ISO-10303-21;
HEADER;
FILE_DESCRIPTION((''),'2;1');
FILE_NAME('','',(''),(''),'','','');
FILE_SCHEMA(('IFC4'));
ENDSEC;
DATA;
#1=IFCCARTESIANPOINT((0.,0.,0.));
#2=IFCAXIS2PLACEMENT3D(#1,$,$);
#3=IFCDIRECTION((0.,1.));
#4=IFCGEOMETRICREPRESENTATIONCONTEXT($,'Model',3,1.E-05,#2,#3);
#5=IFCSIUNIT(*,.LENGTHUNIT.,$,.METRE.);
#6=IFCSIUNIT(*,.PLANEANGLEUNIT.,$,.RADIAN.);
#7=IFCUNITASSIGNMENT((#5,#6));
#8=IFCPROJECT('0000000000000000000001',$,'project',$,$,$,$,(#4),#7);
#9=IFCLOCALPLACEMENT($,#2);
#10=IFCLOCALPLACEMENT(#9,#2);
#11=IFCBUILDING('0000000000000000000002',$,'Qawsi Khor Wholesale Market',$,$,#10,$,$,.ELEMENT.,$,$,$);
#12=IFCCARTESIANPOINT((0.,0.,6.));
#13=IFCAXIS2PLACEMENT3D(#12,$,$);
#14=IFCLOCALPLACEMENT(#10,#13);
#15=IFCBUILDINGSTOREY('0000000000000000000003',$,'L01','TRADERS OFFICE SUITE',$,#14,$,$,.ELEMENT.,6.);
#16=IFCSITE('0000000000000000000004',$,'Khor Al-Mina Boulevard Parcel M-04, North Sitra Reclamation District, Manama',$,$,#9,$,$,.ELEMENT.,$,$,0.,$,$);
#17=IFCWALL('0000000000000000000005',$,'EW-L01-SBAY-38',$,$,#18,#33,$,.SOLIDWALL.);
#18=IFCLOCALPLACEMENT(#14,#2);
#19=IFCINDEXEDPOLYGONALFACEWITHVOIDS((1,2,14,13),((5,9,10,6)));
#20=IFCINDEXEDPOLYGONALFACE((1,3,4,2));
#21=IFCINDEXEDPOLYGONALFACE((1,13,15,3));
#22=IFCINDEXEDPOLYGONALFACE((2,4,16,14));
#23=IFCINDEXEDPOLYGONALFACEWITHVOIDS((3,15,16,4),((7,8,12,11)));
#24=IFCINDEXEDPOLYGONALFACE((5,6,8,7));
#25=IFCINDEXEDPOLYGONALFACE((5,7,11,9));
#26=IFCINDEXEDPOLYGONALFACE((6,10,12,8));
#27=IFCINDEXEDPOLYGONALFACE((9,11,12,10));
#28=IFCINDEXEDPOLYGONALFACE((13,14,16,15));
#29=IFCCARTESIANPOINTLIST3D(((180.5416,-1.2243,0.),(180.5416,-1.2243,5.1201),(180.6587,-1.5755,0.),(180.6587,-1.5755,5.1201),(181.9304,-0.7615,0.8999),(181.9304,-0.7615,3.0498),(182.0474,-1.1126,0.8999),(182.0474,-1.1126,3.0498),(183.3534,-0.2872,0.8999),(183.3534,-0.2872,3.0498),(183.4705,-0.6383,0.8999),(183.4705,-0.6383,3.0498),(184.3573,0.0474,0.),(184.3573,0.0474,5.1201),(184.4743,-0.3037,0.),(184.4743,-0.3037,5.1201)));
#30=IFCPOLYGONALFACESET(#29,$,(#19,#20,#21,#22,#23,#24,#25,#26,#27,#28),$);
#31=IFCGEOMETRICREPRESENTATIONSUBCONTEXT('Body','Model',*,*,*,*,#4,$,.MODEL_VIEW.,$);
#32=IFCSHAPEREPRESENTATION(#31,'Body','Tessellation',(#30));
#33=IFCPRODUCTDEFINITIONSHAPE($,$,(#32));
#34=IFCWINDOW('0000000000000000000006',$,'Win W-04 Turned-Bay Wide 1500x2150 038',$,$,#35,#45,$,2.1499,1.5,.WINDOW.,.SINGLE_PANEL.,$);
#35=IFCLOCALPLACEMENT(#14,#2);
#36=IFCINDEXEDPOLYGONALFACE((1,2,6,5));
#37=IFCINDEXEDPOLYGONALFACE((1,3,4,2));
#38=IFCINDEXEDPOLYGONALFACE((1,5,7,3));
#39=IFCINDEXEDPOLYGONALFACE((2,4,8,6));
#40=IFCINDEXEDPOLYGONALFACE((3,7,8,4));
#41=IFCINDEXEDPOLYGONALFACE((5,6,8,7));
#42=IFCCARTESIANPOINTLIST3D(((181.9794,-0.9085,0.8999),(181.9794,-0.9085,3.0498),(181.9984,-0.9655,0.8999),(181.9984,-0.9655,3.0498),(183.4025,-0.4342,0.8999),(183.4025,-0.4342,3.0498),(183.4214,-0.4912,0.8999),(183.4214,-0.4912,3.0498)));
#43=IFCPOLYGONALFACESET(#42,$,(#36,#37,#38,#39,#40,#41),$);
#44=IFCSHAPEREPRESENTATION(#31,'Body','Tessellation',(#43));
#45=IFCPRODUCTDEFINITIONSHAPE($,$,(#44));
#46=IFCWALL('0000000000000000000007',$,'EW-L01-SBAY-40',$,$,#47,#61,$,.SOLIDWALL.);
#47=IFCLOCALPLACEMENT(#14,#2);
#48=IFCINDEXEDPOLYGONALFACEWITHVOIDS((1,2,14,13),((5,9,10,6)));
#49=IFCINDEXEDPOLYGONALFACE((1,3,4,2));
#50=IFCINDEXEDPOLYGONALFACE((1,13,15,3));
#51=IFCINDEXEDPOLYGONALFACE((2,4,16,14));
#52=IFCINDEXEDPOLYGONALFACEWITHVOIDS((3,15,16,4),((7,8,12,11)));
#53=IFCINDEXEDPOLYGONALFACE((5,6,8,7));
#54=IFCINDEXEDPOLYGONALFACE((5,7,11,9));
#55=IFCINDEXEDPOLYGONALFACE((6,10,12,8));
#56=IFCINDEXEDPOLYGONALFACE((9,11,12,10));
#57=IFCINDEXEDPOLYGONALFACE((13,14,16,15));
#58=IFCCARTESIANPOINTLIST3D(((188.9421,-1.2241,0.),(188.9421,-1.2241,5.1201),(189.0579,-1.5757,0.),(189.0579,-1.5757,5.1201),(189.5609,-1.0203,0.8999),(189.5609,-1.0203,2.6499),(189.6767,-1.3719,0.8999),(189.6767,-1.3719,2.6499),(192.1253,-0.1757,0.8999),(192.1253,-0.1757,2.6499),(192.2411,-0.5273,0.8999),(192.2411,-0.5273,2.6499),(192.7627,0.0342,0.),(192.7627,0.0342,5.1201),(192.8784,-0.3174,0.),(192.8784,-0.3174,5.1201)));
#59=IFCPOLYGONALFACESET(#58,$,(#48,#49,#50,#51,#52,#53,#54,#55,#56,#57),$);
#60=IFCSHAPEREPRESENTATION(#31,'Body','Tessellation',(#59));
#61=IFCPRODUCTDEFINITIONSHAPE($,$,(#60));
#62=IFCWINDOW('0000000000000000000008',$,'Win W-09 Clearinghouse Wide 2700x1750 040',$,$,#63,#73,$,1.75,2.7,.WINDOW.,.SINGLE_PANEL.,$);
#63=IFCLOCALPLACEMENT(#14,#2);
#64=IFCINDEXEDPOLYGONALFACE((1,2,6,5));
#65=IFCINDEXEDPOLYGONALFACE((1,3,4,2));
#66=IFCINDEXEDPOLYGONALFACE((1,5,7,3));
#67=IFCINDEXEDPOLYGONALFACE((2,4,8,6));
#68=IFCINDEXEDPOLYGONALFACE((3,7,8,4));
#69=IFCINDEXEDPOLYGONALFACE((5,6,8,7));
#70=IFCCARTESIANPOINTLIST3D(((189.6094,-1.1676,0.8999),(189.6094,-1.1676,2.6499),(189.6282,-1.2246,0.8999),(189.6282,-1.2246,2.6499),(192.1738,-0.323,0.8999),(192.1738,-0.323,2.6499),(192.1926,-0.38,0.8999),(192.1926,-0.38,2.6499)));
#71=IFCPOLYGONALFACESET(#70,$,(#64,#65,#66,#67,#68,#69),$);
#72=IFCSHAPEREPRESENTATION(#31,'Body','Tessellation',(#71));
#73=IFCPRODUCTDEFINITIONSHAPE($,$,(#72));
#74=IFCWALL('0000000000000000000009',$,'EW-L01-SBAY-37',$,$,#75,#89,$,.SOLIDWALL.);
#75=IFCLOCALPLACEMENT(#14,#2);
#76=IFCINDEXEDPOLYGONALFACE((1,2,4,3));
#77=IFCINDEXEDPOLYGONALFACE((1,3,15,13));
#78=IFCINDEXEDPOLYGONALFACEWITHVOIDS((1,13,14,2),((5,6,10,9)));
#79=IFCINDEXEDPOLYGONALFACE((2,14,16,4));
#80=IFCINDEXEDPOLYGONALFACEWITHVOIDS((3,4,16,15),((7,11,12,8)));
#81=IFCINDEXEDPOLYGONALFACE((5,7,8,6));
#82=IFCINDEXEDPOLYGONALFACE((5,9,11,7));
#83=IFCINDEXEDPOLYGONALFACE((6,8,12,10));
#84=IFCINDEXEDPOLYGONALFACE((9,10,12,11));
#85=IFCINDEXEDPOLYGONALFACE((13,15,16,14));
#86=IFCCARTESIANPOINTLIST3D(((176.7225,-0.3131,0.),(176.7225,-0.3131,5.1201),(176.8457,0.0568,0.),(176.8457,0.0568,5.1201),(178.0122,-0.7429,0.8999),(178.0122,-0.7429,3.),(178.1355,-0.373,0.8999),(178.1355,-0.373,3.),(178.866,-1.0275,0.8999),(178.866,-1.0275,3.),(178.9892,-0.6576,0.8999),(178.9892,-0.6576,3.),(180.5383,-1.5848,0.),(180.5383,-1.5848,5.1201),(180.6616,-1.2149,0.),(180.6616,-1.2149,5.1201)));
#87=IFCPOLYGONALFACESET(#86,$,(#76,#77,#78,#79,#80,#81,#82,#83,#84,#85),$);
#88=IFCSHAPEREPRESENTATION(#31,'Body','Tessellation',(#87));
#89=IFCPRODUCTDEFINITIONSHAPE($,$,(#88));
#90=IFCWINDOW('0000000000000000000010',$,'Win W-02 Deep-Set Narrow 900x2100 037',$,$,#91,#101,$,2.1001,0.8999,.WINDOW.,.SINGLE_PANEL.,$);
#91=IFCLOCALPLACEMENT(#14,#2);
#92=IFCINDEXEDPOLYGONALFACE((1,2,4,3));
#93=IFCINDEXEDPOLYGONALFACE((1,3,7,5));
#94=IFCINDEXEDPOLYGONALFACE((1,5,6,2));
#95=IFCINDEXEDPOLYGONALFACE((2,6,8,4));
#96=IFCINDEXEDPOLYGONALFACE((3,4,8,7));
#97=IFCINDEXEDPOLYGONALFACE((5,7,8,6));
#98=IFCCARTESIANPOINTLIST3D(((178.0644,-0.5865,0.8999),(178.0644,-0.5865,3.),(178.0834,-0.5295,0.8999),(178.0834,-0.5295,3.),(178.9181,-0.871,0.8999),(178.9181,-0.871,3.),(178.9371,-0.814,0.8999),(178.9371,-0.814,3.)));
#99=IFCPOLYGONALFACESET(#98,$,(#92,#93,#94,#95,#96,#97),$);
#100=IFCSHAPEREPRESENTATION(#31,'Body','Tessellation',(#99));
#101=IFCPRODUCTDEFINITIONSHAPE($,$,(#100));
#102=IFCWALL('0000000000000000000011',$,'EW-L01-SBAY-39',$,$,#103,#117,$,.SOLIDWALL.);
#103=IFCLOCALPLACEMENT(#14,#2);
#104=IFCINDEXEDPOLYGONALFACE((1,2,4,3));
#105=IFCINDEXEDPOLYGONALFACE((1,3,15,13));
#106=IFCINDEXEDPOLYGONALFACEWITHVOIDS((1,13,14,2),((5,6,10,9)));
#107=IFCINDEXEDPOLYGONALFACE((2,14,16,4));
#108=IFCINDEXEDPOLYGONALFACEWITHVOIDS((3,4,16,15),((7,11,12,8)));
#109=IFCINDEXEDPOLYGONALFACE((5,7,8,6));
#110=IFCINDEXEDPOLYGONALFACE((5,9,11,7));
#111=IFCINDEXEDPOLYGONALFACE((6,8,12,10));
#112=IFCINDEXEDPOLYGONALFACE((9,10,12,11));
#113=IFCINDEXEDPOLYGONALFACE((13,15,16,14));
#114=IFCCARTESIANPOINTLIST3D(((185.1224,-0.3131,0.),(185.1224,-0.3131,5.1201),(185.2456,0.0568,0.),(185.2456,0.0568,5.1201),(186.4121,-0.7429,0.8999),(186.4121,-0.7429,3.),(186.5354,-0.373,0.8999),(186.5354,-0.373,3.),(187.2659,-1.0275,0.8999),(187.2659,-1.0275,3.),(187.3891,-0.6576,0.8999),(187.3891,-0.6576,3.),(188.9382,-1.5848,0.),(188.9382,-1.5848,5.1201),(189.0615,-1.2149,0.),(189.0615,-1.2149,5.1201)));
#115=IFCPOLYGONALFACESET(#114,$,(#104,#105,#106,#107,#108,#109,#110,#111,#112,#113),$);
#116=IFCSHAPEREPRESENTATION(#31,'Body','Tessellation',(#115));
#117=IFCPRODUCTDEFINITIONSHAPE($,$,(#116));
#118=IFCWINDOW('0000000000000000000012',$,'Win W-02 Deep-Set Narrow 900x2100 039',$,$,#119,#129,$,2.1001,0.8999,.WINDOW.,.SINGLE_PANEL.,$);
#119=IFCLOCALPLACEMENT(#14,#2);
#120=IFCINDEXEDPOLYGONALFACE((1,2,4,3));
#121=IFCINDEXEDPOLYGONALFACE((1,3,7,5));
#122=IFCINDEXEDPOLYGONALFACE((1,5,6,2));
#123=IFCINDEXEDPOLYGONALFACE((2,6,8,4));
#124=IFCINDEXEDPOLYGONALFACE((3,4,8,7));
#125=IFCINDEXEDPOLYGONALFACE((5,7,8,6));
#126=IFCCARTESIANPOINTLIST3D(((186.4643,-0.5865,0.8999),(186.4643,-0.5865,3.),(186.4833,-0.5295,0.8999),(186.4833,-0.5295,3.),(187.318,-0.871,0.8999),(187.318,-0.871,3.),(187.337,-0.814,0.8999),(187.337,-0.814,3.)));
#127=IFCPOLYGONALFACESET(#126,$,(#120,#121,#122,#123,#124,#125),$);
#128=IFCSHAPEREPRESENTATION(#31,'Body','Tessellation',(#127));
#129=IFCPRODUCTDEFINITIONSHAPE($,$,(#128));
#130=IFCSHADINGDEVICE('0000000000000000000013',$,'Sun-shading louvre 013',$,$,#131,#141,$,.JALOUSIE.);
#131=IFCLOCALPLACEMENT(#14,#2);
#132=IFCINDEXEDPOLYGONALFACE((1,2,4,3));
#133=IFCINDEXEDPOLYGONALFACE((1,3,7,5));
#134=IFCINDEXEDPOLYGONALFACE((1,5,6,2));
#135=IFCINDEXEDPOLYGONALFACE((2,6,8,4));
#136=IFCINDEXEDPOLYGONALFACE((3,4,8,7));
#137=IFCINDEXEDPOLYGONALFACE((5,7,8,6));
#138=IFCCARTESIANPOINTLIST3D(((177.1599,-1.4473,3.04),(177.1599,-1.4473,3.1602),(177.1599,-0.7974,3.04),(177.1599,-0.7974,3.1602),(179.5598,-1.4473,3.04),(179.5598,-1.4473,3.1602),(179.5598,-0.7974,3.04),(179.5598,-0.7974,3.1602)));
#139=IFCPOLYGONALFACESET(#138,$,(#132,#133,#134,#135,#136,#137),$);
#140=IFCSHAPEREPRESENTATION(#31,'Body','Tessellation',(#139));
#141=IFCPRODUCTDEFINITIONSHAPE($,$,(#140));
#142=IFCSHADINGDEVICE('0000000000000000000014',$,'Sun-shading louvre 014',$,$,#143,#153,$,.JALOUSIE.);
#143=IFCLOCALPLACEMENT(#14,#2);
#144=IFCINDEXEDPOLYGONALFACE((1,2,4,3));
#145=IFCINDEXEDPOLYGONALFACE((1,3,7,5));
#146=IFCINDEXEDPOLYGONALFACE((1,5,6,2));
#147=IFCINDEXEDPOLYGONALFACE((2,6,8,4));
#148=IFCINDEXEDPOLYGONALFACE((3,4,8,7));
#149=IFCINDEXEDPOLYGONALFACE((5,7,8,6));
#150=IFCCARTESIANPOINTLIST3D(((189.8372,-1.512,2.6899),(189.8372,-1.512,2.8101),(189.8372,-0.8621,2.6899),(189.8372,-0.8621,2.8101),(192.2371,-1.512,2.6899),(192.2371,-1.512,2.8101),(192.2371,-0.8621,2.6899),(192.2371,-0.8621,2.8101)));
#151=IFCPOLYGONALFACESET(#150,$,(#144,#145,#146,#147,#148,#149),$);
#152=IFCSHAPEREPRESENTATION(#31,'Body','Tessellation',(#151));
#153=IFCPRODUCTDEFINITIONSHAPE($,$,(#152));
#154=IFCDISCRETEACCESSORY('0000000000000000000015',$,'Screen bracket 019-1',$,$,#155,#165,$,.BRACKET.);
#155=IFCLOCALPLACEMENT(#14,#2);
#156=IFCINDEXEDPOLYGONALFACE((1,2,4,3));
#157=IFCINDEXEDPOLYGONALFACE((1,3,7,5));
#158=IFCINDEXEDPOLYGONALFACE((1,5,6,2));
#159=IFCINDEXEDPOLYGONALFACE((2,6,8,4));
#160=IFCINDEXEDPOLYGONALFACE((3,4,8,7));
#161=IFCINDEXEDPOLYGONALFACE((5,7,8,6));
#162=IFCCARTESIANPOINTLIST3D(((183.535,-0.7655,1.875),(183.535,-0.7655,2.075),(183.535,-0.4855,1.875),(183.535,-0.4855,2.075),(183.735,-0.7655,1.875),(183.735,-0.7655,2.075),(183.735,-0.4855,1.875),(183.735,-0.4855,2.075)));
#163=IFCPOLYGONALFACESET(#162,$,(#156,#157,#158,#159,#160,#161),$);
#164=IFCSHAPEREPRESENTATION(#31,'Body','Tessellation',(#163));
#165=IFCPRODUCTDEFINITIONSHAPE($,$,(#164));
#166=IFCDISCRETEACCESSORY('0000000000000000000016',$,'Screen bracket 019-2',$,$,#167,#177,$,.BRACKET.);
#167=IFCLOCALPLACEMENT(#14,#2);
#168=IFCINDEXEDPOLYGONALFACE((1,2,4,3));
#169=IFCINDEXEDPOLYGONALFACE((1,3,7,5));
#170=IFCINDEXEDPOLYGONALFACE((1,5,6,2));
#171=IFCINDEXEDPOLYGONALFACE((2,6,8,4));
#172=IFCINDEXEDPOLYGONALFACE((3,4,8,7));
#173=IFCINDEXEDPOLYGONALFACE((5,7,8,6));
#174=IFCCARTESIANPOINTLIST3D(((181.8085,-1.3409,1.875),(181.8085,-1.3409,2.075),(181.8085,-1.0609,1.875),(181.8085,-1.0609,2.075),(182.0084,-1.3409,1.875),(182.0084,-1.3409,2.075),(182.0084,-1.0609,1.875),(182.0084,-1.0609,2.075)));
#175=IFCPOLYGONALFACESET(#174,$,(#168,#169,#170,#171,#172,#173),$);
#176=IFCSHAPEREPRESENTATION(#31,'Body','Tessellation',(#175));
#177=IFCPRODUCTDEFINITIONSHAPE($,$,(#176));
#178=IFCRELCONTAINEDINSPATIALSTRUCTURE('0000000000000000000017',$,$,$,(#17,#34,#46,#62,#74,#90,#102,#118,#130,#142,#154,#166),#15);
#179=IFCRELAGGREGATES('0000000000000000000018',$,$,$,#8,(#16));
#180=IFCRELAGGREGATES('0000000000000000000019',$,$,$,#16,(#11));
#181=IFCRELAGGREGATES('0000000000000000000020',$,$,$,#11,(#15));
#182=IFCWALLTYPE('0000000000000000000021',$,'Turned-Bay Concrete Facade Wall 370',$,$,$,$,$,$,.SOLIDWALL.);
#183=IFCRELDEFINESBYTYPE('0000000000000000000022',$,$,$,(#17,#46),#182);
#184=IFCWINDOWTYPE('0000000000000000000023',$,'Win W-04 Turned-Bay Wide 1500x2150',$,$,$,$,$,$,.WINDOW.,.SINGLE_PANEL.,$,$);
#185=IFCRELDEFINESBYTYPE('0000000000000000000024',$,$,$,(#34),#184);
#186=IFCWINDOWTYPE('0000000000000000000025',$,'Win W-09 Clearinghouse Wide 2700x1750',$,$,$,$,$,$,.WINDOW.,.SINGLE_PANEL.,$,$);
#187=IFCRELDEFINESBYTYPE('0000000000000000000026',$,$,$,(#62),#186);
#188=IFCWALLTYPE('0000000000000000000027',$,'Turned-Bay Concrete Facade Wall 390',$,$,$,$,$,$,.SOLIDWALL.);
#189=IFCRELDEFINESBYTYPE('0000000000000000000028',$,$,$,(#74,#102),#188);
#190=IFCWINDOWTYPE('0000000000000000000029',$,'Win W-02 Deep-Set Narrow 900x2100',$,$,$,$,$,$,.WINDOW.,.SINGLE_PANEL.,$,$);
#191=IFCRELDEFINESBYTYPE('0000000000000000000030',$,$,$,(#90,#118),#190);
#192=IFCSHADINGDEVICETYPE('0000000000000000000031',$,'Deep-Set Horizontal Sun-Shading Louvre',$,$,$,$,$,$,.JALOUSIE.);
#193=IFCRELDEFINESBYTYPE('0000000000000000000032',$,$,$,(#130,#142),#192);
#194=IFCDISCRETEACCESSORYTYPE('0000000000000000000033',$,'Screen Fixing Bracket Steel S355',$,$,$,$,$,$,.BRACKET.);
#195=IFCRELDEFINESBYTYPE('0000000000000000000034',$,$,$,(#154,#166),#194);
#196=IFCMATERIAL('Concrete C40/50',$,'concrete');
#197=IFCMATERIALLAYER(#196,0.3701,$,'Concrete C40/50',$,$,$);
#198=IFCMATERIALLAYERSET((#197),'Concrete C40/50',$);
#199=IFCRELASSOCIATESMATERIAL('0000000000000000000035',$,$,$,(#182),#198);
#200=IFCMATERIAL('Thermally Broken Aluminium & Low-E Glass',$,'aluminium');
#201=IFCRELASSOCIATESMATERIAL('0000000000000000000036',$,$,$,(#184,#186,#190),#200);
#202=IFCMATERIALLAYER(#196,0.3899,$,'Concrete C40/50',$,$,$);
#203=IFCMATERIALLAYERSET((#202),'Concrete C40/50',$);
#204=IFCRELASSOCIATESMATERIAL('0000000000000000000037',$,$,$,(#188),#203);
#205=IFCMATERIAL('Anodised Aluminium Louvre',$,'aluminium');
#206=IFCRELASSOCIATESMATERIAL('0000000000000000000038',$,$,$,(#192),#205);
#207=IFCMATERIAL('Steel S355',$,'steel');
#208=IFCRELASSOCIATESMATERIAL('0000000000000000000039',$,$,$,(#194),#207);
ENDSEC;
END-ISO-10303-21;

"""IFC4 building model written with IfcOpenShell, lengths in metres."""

from ifc_helpers import new_model, si_unit, direction, frame, frame_2d, origin, origin_2d, place, context, subcontext, project, spatial, rectangle, extrude, material, layer, layer_set, type_object, element, fill, save


model = new_model("IFC4")

# Units and contexts
model_context = context("Model", 3, precision=1e-05, world=origin(), true_north=direction((0.0, 1.0)))
body_context = subcontext(model_context, "Body", "Model", "MODEL_VIEW")
ifc_project = project(units=[si_unit("LENGTHUNIT", "METRE"), si_unit("PLANEANGLEUNIT", "RADIAN")], contexts=[model_context])

# Site, building, storey
site_placement = place(None, origin())
site = spatial("IfcSite", under=ifc_project, at=site_placement, Name="Khor Al-Mina Boulevard Parcel M-04, North Sitra Reclamation District, Manama", CompositionType="ELEMENT", RefElevation=0.0)
building_placement = place(site_placement, origin())
building = spatial("IfcBuilding", under=site, at=building_placement, Name="Qawsi Khor Wholesale Market", CompositionType="ELEMENT")
storey_placement = place(building_placement, frame((0.0, 0.0, 6.0)))
storey = spatial("IfcBuildingStorey", under=building, at=storey_placement, Name="L01", Description="TRADERS OFFICE SUITE", CompositionType="ELEMENT", Elevation=6.0)

# Shared definitions
ifc_material_1 = material(Name="Concrete C40/50", Category="concrete")

# Shared definitions
ifc_material_2 = material(Name="Steel S355", Category="steel")

# Walls, openings, windows
ifc_layer_1 = layer(ifc_material_1, 0.3701, Name="Concrete C40/50")
ifc_layer_set_1 = layer_set([ifc_layer_1], Name="Concrete C40/50")
wall_type_1 = type_object("IfcWallType", Name="Turned-Bay Concrete Facade Wall 370", PredefinedType="SOLIDWALL", material=ifc_layer_set_1)
wall_1_placement = place(storey_placement, frame((184.4158, -0.1282, 0.0), z_axis=(0.0, 0.0, 1.0), x_axis=(-0.948695, -0.316191, 0.0)))
wall_1 = element("IfcWall", 1, at=wall_1_placement, inside=storey, type_object=wall_type_1, Name="EW-L01-SBAY-38", PredefinedType="SOLIDWALL", context=body_context, shape_type="SweptSolid", body=[
    extrude(rectangle(XDim=4.022, YDim=0.3701, at=frame_2d((2.011, 0.0))), origin(), (0.0, 0.0, 1.0), 5.1201),
])
opening_1_placement = place(wall_1_placement, frame((1.0581, 0.0, 0.8999)))
opening_1 = element("IfcOpeningElement", 2, at=opening_1_placement, cuts=wall_1, PredefinedType="OPENING", context=body_context, shape_type="SweptSolid", body=[
    extrude(rectangle(XDim=1.5, YDim=2.1499, at=frame_2d((0.75, 1.075))), frame((0.0, 0.1951, 0.0), z_axis=(0.0, -1.0, 0.0), x_axis=(1.0, 0.0, 0.0)), (0.0, 0.0, 1.0), 0.3901),
])
ifc_material_3 = material(Name="Thermally Broken Aluminium & Low-E Glass", Category="aluminium")
window_type_1 = type_object("IfcWindowType", Name="Win W-04 Turned-Bay Wide 1500x2150", PartitioningType="SINGLE_PANEL", PredefinedType="WINDOW", material=ifc_material_3)
window_1_placement = place(opening_1_placement, origin())
window_1 = element("IfcWindow", 3, at=window_1_placement, inside=storey, type_object=window_type_1, Name="Win W-04 Turned-Bay Wide 1500x2150 038", OverallHeight=2.1499, OverallWidth=1.5, PartitioningType="SINGLE_PANEL", PredefinedType="WINDOW", context=body_context, shape_type="SweptSolid", body=[
    extrude(rectangle(XDim=1.5, YDim=2.1499, at=frame_2d((0.75, 1.075))), frame((0.0, 0.03, 0.0), z_axis=(0.0, -1.0, 0.0), x_axis=(1.0, 0.0, 0.0)), (0.0, 0.0, 1.0), 0.0601),
])
fill(opening_1, window_1)
wall_2_placement = place(storey_placement, frame((192.8206, -0.1416, 0.0), z_axis=(0.0, 0.0, 1.0), x_axis=(-0.949812, -0.312821, 0.0)))
wall_2 = element("IfcWall", 4, at=wall_2_placement, inside=storey, type_object=wall_type_1, Name="EW-L01-SBAY-40", PredefinedType="SOLIDWALL", context=body_context, shape_type="SweptSolid", body=[
    extrude(rectangle(XDim=4.0225, YDim=0.3701, at=frame_2d((2.0112, 0.0))), origin(), (0.0, 0.0, 1.0), 5.1201),
])
opening_2_placement = place(wall_2_placement, frame((0.6709, 0.0, 0.8999)))
opening_2 = element("IfcOpeningElement", 5, at=opening_2_placement, cuts=wall_2, PredefinedType="OPENING", context=body_context, shape_type="SweptSolid", body=[
    extrude(rectangle(XDim=2.7, YDim=1.75, at=frame_2d((1.3501, 0.875))), frame((0.0, 0.1951, 0.0), z_axis=(0.0, -1.0, 0.0), x_axis=(1.0, 0.0, 0.0)), (0.0, 0.0, 1.0), 0.3901),
])
window_type_2 = type_object("IfcWindowType", Name="Win W-09 Clearinghouse Wide 2700x1750", PartitioningType="SINGLE_PANEL", PredefinedType="WINDOW", material=ifc_material_3)
window_2_placement = place(opening_2_placement, origin())
window_2 = element("IfcWindow", 6, at=window_2_placement, inside=storey, type_object=window_type_2, Name="Win W-09 Clearinghouse Wide 2700x1750 040", OverallHeight=1.75, OverallWidth=2.7, PartitioningType="SINGLE_PANEL", PredefinedType="WINDOW", context=body_context, shape_type="SweptSolid", body=[
    extrude(rectangle(XDim=2.7, YDim=1.75, at=frame_2d((1.3501, 0.875))), frame((0.0, 0.03, 0.0), z_axis=(0.0, -1.0, 0.0), x_axis=(1.0, 0.0, 0.0)), (0.0, 0.0, 1.0), 0.0601),
])
fill(opening_2, window_2)
ifc_layer_2 = layer(ifc_material_1, 0.3899, Name="Concrete C40/50")
ifc_layer_set_2 = layer_set([ifc_layer_2], Name="Concrete C40/50")
wall_type_2 = type_object("IfcWallType", Name="Turned-Bay Concrete Facade Wall 390", PredefinedType="SOLIDWALL", material=ifc_layer_set_2)
wall_3_placement = place(storey_placement, frame((180.6001, -1.3999, 0.0), z_axis=(0.0, 0.0, 1.0), x_axis=(-0.948702, 0.316173, 0.0)))
wall_3 = element("IfcWall", 7, at=wall_3_placement, inside=storey, type_object=wall_type_2, Name="EW-L01-SBAY-37", PredefinedType="SOLIDWALL", context=body_context, shape_type="SweptSolid", body=[
    extrude(rectangle(XDim=4.0222, YDim=0.3899, at=frame_2d((2.0112, 0.0))), origin(), (0.0, 0.0, 1.0), 5.1201),
])
opening_3_placement = place(wall_3_placement, frame((1.7629, 0.0, 0.8999)))
opening_3 = element("IfcOpeningElement", 8, at=opening_3_placement, cuts=wall_3, PredefinedType="OPENING", context=body_context, shape_type="SweptSolid", body=[
    extrude(rectangle(XDim=0.8999, YDim=2.1001, at=frame_2d((0.45, 1.05))), frame((0.0, 0.2048, 0.0), z_axis=(0.0, -1.0, 0.0), x_axis=(1.0, 0.0, 0.0)), (0.0, 0.0, 1.0), 0.4099),
])
window_type_3 = type_object("IfcWindowType", Name="Win W-02 Deep-Set Narrow 900x2100", PartitioningType="SINGLE_PANEL", PredefinedType="WINDOW", material=ifc_material_3)
window_3_placement = place(opening_3_placement, origin())
window_3 = element("IfcWindow", 9, at=window_3_placement, inside=storey, type_object=window_type_3, Name="Win W-02 Deep-Set Narrow 900x2100 037", OverallHeight=2.1001, OverallWidth=0.8999, PartitioningType="SINGLE_PANEL", PredefinedType="WINDOW", context=body_context, shape_type="SweptSolid", body=[
    extrude(rectangle(XDim=0.8999, YDim=2.1001, at=frame_2d((0.45, 1.05))), frame((0.0, 0.03, 0.0), z_axis=(0.0, -1.0, 0.0), x_axis=(1.0, 0.0, 0.0)), (0.0, 0.0, 1.0), 0.0601),
])
fill(opening_3, window_3)
wall_4_placement = place(storey_placement, frame((189.0, -1.3999, 0.0), z_axis=(0.0, 0.0, 1.0), x_axis=(-0.948702, 0.316173, 0.0)))
wall_4 = element("IfcWall", 10, at=wall_4_placement, inside=storey, type_object=wall_type_2, Name="EW-L01-SBAY-39", PredefinedType="SOLIDWALL", context=body_context, shape_type="SweptSolid", body=[
    extrude(rectangle(XDim=4.0222, YDim=0.3899, at=frame_2d((2.0112, 0.0))), origin(), (0.0, 0.0, 1.0), 5.1201),
])
opening_4_placement = place(wall_4_placement, frame((1.7629, 0.0, 0.8999)))
opening_4 = element("IfcOpeningElement", 11, at=opening_4_placement, cuts=wall_4, PredefinedType="OPENING", context=body_context, shape_type="SweptSolid", body=[
    extrude(rectangle(XDim=0.8999, YDim=2.1001, at=frame_2d((0.45, 1.05))), frame((0.0, 0.2048, 0.0), z_axis=(0.0, -1.0, 0.0), x_axis=(1.0, 0.0, 0.0)), (0.0, 0.0, 1.0), 0.4099),
])
window_4_placement = place(opening_4_placement, origin())
window_4 = element("IfcWindow", 12, at=window_4_placement, inside=storey, type_object=window_type_3, Name="Win W-02 Deep-Set Narrow 900x2100 039", OverallHeight=2.1001, OverallWidth=0.8999, PartitioningType="SINGLE_PANEL", PredefinedType="WINDOW", context=body_context, shape_type="SweptSolid", body=[
    extrude(rectangle(XDim=0.8999, YDim=2.1001, at=frame_2d((0.45, 1.05))), frame((0.0, 0.03, 0.0), z_axis=(0.0, -1.0, 0.0), x_axis=(1.0, 0.0, 0.0)), (0.0, 0.0, 1.0), 0.0601),
])
fill(opening_4, window_4)

# Shading devices
ifc_material_4 = material(Name="Anodised Aluminium Louvre", Category="aluminium")
shading_device_type = type_object("IfcShadingDeviceType", Name="Deep-Set Horizontal Sun-Shading Louvre", PredefinedType="JALOUSIE", material=ifc_material_4)
for number, where, z_axis, x_axis, name in (
    (13, (178.3599, -1.1223, 3.04), (0.0, 0.0, 1.0), (1.0, 0.0, 0.0), "Sun-shading louvre 013"),
    (14, (191.0371, -1.187, 2.6899), (0.0, 0.0, 1.0), (1.0, 0.0, 0.0), "Sun-shading louvre 014"),
):
    element("IfcShadingDevice", number, at=place(storey_placement, frame(where, z_axis=z_axis, x_axis=x_axis)), inside=storey, type_object=shading_device_type, Name=name, PredefinedType="JALOUSIE", context=body_context, shape_type="SweptSolid", body=[
        extrude(rectangle(XDim=2.3999, YDim=0.6499, at=origin_2d()), origin(), (0.0, 0.0, 1.0), 0.1201),
    ])

# Discrete accessories
discrete_accessory_type = type_object("IfcDiscreteAccessoryType", Name="Screen Fixing Bracket Steel S355", PredefinedType="BRACKET", material=ifc_material_2)
for number, where, z_axis, x_axis, name in (
    (15, (183.635, -0.6255, 1.875), (0.0, 0.0, 1.0), (1.0, 0.0, 0.0), "Screen bracket 019-1"),
    (16, (181.9084, -1.2009, 1.875), (0.0, 0.0, 1.0), (1.0, 0.0, 0.0), "Screen bracket 019-2"),
):
    element("IfcDiscreteAccessory", number, at=place(storey_placement, frame(where, z_axis=z_axis, x_axis=x_axis)), inside=storey, type_object=discrete_accessory_type, Name=name, PredefinedType="BRACKET", context=body_context, shape_type="SweptSolid", body=[
        extrude(rectangle(XDim=0.2, YDim=0.28, at=origin_2d()), origin(), (0.0, 0.0, 1.0), 0.2),
    ])

save(model, "model.ifc")
